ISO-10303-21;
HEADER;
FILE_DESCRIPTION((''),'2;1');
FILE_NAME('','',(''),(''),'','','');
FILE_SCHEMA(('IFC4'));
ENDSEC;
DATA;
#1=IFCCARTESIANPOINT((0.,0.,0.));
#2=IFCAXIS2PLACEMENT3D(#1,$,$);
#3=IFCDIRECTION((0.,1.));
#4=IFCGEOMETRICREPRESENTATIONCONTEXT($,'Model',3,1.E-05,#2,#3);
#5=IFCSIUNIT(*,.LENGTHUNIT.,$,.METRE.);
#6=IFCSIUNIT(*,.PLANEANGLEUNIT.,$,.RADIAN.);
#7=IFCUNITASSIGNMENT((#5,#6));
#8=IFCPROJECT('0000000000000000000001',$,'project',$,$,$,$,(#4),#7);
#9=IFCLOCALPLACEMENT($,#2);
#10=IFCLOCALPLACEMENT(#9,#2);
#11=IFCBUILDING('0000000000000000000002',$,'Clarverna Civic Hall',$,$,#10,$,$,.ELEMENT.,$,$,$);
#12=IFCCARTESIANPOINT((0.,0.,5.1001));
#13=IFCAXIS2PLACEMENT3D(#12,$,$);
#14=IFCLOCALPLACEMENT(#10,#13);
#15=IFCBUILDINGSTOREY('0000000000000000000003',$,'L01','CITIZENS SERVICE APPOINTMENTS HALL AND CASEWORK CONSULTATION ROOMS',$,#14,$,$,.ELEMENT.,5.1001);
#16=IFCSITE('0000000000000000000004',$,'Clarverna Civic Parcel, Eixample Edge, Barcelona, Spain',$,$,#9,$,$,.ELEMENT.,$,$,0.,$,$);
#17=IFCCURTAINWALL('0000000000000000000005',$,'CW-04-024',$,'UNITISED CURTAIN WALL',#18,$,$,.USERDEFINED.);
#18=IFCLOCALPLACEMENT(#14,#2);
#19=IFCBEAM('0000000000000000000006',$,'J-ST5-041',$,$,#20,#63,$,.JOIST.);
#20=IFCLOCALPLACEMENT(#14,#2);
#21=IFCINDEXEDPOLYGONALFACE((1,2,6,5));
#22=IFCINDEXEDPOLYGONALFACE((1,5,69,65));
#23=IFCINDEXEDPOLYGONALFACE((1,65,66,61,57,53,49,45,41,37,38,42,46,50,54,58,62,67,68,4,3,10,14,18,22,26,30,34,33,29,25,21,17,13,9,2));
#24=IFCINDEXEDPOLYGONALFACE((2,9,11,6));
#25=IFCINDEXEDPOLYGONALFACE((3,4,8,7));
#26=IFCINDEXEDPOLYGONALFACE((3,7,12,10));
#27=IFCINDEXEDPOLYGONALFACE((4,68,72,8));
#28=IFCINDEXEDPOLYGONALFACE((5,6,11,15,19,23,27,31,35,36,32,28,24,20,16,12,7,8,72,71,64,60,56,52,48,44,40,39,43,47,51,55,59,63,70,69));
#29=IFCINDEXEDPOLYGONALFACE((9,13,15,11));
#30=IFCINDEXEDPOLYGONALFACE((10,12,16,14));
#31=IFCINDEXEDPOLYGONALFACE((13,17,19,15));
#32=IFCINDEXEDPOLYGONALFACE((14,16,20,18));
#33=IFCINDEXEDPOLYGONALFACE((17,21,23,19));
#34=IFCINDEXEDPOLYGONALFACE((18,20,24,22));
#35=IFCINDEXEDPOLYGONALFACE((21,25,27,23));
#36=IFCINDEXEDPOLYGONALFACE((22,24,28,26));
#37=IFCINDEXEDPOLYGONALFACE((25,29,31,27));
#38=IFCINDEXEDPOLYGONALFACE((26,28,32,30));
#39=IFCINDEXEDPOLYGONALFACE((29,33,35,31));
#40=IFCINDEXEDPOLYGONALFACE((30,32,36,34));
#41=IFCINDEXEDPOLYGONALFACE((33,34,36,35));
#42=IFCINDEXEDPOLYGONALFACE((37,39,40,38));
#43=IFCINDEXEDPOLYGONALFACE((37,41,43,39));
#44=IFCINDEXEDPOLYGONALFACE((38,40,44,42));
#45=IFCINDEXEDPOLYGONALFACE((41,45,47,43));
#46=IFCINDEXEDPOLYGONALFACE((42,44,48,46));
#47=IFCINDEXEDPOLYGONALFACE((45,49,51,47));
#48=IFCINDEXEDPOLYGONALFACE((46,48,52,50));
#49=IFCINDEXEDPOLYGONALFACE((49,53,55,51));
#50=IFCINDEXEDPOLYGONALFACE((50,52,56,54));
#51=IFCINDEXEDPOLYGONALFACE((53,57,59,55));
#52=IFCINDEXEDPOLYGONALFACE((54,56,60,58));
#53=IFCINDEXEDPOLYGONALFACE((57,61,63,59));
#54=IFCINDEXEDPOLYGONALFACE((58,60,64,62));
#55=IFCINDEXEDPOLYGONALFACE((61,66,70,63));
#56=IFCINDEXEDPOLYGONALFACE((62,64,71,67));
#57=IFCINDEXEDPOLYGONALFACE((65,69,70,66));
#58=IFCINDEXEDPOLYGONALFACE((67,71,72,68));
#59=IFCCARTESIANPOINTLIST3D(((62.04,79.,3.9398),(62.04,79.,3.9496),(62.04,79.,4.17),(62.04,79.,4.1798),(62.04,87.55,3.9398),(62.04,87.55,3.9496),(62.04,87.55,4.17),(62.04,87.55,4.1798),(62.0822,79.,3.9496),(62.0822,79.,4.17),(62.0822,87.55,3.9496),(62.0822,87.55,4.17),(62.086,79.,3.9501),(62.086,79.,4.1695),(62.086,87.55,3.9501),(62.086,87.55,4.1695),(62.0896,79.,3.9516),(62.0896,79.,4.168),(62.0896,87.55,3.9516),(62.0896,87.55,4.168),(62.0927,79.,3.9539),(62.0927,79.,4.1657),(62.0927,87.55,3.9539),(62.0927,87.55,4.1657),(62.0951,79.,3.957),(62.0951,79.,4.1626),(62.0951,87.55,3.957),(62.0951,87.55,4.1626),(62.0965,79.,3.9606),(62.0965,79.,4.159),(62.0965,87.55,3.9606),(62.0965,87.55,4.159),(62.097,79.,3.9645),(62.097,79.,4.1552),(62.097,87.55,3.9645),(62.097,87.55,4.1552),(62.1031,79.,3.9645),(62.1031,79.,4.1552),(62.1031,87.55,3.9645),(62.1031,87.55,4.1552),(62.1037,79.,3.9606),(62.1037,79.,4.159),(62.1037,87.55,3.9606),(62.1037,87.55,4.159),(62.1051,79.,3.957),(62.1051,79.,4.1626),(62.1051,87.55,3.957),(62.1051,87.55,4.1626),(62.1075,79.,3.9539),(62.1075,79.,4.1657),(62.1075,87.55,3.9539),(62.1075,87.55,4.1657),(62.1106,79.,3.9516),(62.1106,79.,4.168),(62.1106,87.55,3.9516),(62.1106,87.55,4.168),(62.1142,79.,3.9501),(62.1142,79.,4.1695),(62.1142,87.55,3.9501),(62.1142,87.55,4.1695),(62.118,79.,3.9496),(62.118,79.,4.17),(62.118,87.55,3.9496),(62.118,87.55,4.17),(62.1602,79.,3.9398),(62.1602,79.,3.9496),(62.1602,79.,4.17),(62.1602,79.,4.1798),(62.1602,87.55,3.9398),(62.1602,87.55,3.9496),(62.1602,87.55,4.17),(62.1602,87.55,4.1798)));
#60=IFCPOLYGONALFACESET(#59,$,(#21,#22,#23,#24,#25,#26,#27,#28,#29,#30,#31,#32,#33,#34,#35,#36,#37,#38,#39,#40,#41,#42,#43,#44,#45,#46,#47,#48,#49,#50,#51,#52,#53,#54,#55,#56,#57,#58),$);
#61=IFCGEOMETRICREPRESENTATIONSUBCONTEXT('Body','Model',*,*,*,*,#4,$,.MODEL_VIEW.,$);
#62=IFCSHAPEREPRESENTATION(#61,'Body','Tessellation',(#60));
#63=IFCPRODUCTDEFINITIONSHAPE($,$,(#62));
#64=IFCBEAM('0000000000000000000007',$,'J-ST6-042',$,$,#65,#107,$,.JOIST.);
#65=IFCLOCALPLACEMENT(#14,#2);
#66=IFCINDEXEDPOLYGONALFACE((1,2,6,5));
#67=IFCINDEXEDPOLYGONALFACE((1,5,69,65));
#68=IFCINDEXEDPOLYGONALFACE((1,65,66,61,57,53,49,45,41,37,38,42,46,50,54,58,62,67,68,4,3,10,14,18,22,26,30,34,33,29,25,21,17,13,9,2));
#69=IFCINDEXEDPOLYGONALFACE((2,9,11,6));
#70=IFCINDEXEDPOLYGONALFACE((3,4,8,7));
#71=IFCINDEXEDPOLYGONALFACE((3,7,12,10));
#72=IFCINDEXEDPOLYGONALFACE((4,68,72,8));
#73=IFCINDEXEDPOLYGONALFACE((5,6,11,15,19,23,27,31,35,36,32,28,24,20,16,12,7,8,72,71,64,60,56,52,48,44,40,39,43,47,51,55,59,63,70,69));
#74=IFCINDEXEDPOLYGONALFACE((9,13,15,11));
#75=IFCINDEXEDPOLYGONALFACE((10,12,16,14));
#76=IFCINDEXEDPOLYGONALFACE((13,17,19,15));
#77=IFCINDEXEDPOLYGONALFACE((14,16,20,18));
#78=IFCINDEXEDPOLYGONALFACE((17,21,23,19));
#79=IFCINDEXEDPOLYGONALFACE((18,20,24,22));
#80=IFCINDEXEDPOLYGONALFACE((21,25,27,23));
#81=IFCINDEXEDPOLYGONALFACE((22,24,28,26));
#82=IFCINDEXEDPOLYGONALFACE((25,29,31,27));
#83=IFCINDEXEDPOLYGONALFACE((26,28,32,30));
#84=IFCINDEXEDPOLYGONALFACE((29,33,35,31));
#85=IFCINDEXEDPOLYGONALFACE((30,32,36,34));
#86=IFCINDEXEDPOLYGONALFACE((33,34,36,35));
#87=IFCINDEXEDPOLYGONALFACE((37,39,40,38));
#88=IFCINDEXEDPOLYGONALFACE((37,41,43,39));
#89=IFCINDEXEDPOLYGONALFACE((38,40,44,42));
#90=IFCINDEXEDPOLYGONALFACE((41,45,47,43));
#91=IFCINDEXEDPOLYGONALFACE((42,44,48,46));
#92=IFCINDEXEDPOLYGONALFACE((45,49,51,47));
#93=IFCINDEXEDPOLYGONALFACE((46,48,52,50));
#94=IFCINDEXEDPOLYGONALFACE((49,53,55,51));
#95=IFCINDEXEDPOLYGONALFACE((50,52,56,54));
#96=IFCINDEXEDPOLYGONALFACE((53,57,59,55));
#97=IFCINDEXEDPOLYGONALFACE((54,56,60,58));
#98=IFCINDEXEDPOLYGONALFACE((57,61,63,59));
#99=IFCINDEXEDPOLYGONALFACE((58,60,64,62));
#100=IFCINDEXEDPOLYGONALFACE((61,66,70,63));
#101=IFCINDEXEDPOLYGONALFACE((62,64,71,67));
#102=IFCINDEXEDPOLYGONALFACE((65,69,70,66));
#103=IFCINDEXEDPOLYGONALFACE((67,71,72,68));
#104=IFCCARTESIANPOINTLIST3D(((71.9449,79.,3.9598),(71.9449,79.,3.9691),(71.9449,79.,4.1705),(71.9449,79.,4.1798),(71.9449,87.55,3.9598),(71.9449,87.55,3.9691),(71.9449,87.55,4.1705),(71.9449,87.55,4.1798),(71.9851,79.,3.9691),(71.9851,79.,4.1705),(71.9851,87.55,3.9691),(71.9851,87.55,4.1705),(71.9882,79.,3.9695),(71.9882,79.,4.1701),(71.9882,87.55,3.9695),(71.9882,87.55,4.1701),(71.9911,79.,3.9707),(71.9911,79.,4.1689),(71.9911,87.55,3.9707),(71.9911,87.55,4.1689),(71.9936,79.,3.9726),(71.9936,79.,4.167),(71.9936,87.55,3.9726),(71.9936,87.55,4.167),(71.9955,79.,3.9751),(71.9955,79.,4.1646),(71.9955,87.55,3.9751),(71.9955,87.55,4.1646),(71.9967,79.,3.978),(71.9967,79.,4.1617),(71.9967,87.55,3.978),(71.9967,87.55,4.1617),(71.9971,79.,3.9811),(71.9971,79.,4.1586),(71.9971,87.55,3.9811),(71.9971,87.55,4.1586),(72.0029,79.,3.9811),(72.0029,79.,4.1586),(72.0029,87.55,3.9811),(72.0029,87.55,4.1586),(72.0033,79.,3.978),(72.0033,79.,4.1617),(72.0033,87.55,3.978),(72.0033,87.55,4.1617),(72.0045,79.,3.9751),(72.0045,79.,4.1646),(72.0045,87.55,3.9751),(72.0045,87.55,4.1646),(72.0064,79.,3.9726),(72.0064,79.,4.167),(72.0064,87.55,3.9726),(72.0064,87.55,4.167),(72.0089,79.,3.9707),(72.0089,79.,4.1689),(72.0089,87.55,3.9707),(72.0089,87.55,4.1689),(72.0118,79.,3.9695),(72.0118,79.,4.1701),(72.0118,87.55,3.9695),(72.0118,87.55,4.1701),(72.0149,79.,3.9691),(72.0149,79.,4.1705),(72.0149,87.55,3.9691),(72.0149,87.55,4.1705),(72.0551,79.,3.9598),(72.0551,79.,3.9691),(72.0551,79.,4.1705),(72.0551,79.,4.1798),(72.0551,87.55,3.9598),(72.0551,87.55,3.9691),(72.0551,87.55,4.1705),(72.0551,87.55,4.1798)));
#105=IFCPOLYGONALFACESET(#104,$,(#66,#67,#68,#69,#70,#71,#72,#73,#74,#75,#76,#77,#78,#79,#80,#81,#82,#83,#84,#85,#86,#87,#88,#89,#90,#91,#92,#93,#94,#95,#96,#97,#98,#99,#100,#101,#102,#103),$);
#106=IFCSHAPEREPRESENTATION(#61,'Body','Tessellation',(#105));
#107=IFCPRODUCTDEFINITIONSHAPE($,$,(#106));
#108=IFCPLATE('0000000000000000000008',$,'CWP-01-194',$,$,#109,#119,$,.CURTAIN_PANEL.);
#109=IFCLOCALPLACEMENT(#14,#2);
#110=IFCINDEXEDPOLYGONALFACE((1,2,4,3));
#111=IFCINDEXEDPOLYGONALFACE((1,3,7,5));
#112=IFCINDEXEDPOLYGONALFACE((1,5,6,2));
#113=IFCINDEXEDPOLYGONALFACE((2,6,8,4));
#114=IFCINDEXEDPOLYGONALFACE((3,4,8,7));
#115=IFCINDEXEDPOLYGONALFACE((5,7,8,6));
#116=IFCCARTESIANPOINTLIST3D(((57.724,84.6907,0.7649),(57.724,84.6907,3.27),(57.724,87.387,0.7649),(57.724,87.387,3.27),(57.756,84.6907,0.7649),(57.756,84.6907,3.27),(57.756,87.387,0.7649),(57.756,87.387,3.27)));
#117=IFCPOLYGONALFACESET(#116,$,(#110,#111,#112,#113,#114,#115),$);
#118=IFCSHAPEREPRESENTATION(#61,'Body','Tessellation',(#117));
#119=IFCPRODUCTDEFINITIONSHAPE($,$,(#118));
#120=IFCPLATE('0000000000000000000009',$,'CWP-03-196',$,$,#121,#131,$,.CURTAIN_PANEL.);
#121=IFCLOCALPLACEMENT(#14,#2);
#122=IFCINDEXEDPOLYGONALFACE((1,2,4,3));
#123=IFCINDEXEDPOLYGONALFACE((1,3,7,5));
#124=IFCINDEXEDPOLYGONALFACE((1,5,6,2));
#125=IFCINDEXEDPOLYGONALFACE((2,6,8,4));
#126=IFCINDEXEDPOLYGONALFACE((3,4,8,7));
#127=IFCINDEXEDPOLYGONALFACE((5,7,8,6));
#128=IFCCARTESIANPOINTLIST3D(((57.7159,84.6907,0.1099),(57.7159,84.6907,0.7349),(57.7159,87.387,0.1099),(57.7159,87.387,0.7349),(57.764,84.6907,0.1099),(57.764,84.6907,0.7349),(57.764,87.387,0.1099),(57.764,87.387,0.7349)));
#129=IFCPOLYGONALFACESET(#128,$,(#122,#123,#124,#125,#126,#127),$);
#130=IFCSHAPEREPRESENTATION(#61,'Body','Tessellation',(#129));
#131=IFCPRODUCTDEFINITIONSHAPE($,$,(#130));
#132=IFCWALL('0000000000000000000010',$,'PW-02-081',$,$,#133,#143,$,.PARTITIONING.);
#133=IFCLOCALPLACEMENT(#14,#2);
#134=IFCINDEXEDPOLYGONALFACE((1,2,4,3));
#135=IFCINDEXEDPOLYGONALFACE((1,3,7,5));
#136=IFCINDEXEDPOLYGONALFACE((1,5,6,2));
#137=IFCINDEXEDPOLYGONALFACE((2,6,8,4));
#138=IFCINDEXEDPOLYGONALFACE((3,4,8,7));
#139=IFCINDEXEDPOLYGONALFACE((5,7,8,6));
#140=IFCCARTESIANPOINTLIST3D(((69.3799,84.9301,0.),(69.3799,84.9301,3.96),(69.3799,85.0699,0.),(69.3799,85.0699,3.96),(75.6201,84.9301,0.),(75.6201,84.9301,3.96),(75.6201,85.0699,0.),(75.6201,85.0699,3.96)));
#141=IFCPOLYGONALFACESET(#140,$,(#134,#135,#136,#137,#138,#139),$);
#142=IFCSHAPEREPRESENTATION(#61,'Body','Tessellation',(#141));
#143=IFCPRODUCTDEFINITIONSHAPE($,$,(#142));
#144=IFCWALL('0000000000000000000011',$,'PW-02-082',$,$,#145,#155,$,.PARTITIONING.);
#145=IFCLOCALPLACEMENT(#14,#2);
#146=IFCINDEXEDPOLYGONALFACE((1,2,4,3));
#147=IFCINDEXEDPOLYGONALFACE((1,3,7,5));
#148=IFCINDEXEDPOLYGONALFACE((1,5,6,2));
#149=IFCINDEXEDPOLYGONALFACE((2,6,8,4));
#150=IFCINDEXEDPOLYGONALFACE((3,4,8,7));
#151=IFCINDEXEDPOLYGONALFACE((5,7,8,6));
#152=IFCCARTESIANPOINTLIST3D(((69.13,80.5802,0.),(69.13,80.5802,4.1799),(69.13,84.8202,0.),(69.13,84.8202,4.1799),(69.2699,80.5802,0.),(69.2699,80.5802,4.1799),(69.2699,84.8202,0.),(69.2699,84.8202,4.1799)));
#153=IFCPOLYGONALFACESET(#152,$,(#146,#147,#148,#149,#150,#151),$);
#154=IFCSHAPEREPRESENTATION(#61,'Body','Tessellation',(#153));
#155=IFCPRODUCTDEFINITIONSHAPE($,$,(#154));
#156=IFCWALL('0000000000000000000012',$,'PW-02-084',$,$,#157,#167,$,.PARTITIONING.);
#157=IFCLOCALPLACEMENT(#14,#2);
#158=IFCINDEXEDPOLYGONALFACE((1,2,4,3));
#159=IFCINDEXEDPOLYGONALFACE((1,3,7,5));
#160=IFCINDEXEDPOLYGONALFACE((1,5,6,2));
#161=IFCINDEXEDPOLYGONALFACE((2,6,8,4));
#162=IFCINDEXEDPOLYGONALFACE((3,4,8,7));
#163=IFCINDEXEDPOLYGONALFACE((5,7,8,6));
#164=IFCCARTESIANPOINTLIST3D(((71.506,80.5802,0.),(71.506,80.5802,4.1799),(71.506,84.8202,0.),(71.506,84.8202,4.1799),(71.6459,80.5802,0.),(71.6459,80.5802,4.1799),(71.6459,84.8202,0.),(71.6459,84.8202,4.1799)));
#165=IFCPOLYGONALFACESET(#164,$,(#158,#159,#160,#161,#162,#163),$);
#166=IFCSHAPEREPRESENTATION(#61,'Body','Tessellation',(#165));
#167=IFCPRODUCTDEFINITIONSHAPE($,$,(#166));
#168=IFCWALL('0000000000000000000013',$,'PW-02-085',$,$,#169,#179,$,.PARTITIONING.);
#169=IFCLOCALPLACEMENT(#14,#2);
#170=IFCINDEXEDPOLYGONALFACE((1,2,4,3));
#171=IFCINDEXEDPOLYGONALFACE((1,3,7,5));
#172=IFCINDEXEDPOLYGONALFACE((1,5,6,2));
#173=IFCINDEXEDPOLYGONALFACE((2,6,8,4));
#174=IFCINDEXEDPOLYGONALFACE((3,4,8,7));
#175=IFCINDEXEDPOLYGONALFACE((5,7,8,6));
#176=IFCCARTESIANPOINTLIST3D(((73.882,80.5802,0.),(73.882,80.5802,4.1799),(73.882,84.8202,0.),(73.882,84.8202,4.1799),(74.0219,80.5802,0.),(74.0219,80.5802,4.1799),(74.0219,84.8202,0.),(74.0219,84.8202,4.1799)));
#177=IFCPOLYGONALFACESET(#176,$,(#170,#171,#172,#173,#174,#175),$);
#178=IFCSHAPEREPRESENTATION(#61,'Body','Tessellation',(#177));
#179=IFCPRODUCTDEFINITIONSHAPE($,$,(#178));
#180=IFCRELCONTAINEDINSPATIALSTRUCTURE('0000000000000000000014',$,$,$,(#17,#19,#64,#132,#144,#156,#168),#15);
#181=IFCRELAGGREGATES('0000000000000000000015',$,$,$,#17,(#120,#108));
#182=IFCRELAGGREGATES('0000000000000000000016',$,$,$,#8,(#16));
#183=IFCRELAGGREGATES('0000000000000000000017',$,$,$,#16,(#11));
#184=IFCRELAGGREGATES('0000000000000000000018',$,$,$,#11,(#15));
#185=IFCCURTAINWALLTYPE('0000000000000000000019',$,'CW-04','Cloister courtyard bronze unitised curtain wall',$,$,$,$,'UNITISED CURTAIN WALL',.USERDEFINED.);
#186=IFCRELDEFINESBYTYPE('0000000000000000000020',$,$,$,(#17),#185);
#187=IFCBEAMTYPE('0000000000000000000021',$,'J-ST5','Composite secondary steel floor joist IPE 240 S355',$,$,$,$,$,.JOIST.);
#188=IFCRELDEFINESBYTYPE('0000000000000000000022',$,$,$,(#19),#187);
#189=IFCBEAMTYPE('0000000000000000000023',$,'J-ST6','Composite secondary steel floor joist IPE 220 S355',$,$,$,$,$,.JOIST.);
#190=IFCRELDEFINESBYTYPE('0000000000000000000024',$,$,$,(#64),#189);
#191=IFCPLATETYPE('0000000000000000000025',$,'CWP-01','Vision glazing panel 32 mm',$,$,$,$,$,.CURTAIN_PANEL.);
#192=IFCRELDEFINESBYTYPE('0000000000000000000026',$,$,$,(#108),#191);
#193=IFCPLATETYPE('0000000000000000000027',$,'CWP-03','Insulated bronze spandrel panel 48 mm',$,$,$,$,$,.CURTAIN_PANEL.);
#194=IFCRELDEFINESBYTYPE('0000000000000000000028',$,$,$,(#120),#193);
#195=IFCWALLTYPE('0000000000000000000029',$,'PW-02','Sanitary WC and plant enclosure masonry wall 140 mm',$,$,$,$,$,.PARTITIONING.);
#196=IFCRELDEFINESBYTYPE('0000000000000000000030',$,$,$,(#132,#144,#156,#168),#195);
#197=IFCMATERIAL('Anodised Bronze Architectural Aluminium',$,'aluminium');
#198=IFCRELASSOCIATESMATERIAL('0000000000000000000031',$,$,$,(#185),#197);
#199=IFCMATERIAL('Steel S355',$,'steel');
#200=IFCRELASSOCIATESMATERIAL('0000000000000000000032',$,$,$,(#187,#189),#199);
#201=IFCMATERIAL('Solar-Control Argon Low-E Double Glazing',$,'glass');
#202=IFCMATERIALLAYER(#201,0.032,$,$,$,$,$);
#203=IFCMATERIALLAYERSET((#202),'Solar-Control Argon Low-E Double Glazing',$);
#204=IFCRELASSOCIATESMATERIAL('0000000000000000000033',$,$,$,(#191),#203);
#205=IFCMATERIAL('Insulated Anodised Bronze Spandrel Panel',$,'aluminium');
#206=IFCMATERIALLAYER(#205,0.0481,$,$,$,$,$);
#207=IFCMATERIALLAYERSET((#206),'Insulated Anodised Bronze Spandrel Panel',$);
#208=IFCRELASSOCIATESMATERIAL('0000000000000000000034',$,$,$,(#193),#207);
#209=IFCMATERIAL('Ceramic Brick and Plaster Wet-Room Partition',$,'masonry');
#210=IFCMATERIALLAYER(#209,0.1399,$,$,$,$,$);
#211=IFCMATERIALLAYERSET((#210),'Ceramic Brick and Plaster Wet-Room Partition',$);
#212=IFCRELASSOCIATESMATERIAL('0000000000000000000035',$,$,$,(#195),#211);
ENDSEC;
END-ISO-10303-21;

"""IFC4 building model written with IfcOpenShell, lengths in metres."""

from ifc_helpers import new_model, si_unit, direction, frame, frame_2d, origin, origin_2d, place, context, subcontext, project, spatial, rectangle, i_section, extrude, material, layer, layer_set, material_profile, profile_set, type_object, element, aggregate, save


model = new_model("IFC4")

# Units and contexts
model_context = context("Model", 3, precision=1e-05, world=origin(), true_north=direction((0.0, 1.0)))
body_context = subcontext(model_context, "Body", "Model", "MODEL_VIEW")
ifc_project = project(units=[si_unit("LENGTHUNIT", "METRE"), si_unit("PLANEANGLEUNIT", "RADIAN")], contexts=[model_context])

# Site, building, storey
site_placement = place(None, origin())
site = spatial("IfcSite", under=ifc_project, at=site_placement, Name="Clarverna Civic Parcel, Eixample Edge, Barcelona, Spain", CompositionType="ELEMENT", RefElevation=0.0)
building_placement = place(site_placement, origin())
building = spatial("IfcBuilding", under=site, at=building_placement, Name="Clarverna Civic Hall", CompositionType="ELEMENT")
storey_placement = place(building_placement, frame((0.0, 0.0, 5.1001)))
storey = spatial("IfcBuildingStorey", under=building, at=storey_placement, Name="L01", Description="CITIZENS SERVICE APPOINTMENTS HALL AND CASEWORK CONSULTATION ROOMS", CompositionType="ELEMENT", Elevation=5.1001)

# Shared definitions
ifc_material_1 = material(Name="Steel S355", Category="steel")

# Curtain wall
ifc_material_2 = material(Name="Anodised Bronze Architectural Aluminium", Category="aluminium")
curtain_wall_type = type_object("IfcCurtainWallType", Name="CW-04", Description="Cloister courtyard bronze unitised curtain wall", ElementType="UNITISED CURTAIN WALL", PredefinedType="USERDEFINED", material=ifc_material_2)
curtain_wall_placement = place(storey_placement, origin())
curtain_wall = element("IfcCurtainWall", 1, at=curtain_wall_placement, inside=storey, type_object=curtain_wall_type, Name="CW-04-024", ObjectType="UNITISED CURTAIN WALL", PredefinedType="USERDEFINED")

# Beams
ifc_material_profile_1 = material_profile(ifc_material_1, i_section(OverallWidth=0.1201, OverallDepth=0.24, WebThickness=0.0061, FlangeThickness=0.0098, FilletRadius=0.0149, at=origin_2d()), Name="IPE 240")
ifc_profile_set_1 = profile_set([ifc_material_profile_1], Name="Steel S355")
beam_type_1 = type_object("IfcBeamType", Name="J-ST5", Description="Composite secondary steel floor joist IPE 240 S355", PredefinedType="JOIST", material=ifc_profile_set_1)
beam_1_placement = place(storey_placement, frame((62.1001, 79.0, 4.0598), z_axis=(0.0, 1.0, 0.0), x_axis=(-1.0, 0.0, 0.0)))
element("IfcBeam", 2, at=beam_1_placement, inside=storey, type_object=beam_type_1, Name="J-ST5-041", PredefinedType="JOIST", context=body_context, shape_type="SweptSolid", body=[
    extrude(i_section(OverallWidth=0.1201, OverallDepth=0.24, WebThickness=0.0061, FlangeThickness=0.0098, FilletRadius=0.0149, at=origin_2d()), origin(), (0.0, 0.0, 1.0), 8.55),
])
ifc_material_profile_2 = material_profile(ifc_material_1, i_section(OverallWidth=0.1101, OverallDepth=0.22, WebThickness=0.0059, FlangeThickness=0.0093, FilletRadius=0.012, at=origin_2d()), Name="IPE 220")
ifc_profile_set_2 = profile_set([ifc_material_profile_2], Name="Steel S355")
beam_type_2 = type_object("IfcBeamType", Name="J-ST6", Description="Composite secondary steel floor joist IPE 220 S355", PredefinedType="JOIST", material=ifc_profile_set_2)
beam_2_placement = place(storey_placement, frame((72.0, 79.0, 4.0698), z_axis=(0.0, 1.0, 0.0), x_axis=(-1.0, 0.0, 0.0)))
element("IfcBeam", 3, at=beam_2_placement, inside=storey, type_object=beam_type_2, Name="J-ST6-042", PredefinedType="JOIST", context=body_context, shape_type="SweptSolid", body=[
    extrude(i_section(OverallWidth=0.1101, OverallDepth=0.22, WebThickness=0.0059, FlangeThickness=0.0093, FilletRadius=0.012, at=origin_2d()), origin(), (0.0, 0.0, 1.0), 8.55),
])

# Plates
ifc_material_3 = material(Name="Solar-Control Argon Low-E Double Glazing", Category="glass")
ifc_layer_1 = layer(ifc_material_3, 0.032)
ifc_layer_set_1 = layer_set([ifc_layer_1], Name="Solar-Control Argon Low-E Double Glazing")
plate_type_1 = type_object("IfcPlateType", Name="CWP-01", Description="Vision glazing panel 32 mm", PredefinedType="CURTAIN_PANEL", material=ifc_layer_set_1)
plate_1_placement = place(storey_placement, frame((57.74, 84.6907, 0.7649), z_axis=(0.0, 0.0, 1.0), x_axis=(0.0, 1.0, 0.0)))
plate_1 = element("IfcPlate", 4, at=plate_1_placement, type_object=plate_type_1, Name="CWP-01-194", PredefinedType="CURTAIN_PANEL", context=body_context, shape_type="SweptSolid", body=[
    extrude(rectangle(XDim=2.6963, YDim=0.032, at=frame_2d((1.3481, 0.0))), origin(), (0.0, 0.0, 1.0), 2.5051),
])
ifc_material_4 = material(Name="Insulated Anodised Bronze Spandrel Panel", Category="aluminium")
ifc_layer_2 = layer(ifc_material_4, 0.0481)
ifc_layer_set_2 = layer_set([ifc_layer_2], Name="Insulated Anodised Bronze Spandrel Panel")
plate_type_2 = type_object("IfcPlateType", Name="CWP-03", Description="Insulated bronze spandrel panel 48 mm", PredefinedType="CURTAIN_PANEL", material=ifc_layer_set_2)
plate_2_placement = place(storey_placement, frame((57.74, 84.6907, 0.1099), z_axis=(0.0, 0.0, 1.0), x_axis=(0.0, 1.0, 0.0)))
plate_2 = element("IfcPlate", 5, at=plate_2_placement, type_object=plate_type_2, Name="CWP-03-196", PredefinedType="CURTAIN_PANEL", context=body_context, shape_type="SweptSolid", body=[
    extrude(rectangle(XDim=2.6963, YDim=0.0481, at=frame_2d((1.3481, 0.0))), origin(), (0.0, 0.0, 1.0), 0.625),
])
aggregate(curtain_wall, [plate_2, plate_1])

# Walls
ifc_material_5 = material(Name="Ceramic Brick and Plaster Wet-Room Partition", Category="masonry")
ifc_layer_3 = layer(ifc_material_5, 0.1399)
ifc_layer_set_3 = layer_set([ifc_layer_3], Name="Ceramic Brick and Plaster Wet-Room Partition")
wall_type = type_object("IfcWallType", Name="PW-02", Description="Sanitary WC and plant enclosure masonry wall 140 mm", PredefinedType="PARTITIONING", material=ifc_layer_set_3)
wall_1_placement = place(storey_placement, frame((69.3799, 85.0, 0.0), z_axis=(0.0, 0.0, 1.0), x_axis=(1.0, 0.0, 0.0)))
element("IfcWall", 6, at=wall_1_placement, inside=storey, type_object=wall_type, Name="PW-02-081", PredefinedType="PARTITIONING", context=body_context, shape_type="SweptSolid", body=[
    extrude(rectangle(XDim=6.2402, YDim=0.1399, at=frame_2d((3.1201, 0.0))), origin(), (0.0, 0.0, 1.0), 3.96),
])
for number, where, z_axis, x_axis, name in (
    (7, (69.2, 80.5801, 0.0), (0.0, 0.0, 1.0), (0.0, 1.0, 0.0), "PW-02-082"),
    (8, (71.5759, 80.5801, 0.0), (0.0, 0.0, 1.0), (0.0, 1.0, 0.0), "PW-02-084"),
    (9, (73.9519, 80.5801, 0.0), (0.0, 0.0, 1.0), (0.0, 1.0, 0.0), "PW-02-085"),
):
    element("IfcWall", number, at=place(storey_placement, frame(where, z_axis=z_axis, x_axis=x_axis)), inside=storey, type_object=wall_type, Name=name, PredefinedType="PARTITIONING", context=body_context, shape_type="SweptSolid", body=[
        extrude(rectangle(XDim=4.24, YDim=0.1399, at=frame_2d((2.1201, 0.0))), origin(), (0.0, 0.0, 1.0), 4.1799),
    ])

save(model, "model.ifc")
